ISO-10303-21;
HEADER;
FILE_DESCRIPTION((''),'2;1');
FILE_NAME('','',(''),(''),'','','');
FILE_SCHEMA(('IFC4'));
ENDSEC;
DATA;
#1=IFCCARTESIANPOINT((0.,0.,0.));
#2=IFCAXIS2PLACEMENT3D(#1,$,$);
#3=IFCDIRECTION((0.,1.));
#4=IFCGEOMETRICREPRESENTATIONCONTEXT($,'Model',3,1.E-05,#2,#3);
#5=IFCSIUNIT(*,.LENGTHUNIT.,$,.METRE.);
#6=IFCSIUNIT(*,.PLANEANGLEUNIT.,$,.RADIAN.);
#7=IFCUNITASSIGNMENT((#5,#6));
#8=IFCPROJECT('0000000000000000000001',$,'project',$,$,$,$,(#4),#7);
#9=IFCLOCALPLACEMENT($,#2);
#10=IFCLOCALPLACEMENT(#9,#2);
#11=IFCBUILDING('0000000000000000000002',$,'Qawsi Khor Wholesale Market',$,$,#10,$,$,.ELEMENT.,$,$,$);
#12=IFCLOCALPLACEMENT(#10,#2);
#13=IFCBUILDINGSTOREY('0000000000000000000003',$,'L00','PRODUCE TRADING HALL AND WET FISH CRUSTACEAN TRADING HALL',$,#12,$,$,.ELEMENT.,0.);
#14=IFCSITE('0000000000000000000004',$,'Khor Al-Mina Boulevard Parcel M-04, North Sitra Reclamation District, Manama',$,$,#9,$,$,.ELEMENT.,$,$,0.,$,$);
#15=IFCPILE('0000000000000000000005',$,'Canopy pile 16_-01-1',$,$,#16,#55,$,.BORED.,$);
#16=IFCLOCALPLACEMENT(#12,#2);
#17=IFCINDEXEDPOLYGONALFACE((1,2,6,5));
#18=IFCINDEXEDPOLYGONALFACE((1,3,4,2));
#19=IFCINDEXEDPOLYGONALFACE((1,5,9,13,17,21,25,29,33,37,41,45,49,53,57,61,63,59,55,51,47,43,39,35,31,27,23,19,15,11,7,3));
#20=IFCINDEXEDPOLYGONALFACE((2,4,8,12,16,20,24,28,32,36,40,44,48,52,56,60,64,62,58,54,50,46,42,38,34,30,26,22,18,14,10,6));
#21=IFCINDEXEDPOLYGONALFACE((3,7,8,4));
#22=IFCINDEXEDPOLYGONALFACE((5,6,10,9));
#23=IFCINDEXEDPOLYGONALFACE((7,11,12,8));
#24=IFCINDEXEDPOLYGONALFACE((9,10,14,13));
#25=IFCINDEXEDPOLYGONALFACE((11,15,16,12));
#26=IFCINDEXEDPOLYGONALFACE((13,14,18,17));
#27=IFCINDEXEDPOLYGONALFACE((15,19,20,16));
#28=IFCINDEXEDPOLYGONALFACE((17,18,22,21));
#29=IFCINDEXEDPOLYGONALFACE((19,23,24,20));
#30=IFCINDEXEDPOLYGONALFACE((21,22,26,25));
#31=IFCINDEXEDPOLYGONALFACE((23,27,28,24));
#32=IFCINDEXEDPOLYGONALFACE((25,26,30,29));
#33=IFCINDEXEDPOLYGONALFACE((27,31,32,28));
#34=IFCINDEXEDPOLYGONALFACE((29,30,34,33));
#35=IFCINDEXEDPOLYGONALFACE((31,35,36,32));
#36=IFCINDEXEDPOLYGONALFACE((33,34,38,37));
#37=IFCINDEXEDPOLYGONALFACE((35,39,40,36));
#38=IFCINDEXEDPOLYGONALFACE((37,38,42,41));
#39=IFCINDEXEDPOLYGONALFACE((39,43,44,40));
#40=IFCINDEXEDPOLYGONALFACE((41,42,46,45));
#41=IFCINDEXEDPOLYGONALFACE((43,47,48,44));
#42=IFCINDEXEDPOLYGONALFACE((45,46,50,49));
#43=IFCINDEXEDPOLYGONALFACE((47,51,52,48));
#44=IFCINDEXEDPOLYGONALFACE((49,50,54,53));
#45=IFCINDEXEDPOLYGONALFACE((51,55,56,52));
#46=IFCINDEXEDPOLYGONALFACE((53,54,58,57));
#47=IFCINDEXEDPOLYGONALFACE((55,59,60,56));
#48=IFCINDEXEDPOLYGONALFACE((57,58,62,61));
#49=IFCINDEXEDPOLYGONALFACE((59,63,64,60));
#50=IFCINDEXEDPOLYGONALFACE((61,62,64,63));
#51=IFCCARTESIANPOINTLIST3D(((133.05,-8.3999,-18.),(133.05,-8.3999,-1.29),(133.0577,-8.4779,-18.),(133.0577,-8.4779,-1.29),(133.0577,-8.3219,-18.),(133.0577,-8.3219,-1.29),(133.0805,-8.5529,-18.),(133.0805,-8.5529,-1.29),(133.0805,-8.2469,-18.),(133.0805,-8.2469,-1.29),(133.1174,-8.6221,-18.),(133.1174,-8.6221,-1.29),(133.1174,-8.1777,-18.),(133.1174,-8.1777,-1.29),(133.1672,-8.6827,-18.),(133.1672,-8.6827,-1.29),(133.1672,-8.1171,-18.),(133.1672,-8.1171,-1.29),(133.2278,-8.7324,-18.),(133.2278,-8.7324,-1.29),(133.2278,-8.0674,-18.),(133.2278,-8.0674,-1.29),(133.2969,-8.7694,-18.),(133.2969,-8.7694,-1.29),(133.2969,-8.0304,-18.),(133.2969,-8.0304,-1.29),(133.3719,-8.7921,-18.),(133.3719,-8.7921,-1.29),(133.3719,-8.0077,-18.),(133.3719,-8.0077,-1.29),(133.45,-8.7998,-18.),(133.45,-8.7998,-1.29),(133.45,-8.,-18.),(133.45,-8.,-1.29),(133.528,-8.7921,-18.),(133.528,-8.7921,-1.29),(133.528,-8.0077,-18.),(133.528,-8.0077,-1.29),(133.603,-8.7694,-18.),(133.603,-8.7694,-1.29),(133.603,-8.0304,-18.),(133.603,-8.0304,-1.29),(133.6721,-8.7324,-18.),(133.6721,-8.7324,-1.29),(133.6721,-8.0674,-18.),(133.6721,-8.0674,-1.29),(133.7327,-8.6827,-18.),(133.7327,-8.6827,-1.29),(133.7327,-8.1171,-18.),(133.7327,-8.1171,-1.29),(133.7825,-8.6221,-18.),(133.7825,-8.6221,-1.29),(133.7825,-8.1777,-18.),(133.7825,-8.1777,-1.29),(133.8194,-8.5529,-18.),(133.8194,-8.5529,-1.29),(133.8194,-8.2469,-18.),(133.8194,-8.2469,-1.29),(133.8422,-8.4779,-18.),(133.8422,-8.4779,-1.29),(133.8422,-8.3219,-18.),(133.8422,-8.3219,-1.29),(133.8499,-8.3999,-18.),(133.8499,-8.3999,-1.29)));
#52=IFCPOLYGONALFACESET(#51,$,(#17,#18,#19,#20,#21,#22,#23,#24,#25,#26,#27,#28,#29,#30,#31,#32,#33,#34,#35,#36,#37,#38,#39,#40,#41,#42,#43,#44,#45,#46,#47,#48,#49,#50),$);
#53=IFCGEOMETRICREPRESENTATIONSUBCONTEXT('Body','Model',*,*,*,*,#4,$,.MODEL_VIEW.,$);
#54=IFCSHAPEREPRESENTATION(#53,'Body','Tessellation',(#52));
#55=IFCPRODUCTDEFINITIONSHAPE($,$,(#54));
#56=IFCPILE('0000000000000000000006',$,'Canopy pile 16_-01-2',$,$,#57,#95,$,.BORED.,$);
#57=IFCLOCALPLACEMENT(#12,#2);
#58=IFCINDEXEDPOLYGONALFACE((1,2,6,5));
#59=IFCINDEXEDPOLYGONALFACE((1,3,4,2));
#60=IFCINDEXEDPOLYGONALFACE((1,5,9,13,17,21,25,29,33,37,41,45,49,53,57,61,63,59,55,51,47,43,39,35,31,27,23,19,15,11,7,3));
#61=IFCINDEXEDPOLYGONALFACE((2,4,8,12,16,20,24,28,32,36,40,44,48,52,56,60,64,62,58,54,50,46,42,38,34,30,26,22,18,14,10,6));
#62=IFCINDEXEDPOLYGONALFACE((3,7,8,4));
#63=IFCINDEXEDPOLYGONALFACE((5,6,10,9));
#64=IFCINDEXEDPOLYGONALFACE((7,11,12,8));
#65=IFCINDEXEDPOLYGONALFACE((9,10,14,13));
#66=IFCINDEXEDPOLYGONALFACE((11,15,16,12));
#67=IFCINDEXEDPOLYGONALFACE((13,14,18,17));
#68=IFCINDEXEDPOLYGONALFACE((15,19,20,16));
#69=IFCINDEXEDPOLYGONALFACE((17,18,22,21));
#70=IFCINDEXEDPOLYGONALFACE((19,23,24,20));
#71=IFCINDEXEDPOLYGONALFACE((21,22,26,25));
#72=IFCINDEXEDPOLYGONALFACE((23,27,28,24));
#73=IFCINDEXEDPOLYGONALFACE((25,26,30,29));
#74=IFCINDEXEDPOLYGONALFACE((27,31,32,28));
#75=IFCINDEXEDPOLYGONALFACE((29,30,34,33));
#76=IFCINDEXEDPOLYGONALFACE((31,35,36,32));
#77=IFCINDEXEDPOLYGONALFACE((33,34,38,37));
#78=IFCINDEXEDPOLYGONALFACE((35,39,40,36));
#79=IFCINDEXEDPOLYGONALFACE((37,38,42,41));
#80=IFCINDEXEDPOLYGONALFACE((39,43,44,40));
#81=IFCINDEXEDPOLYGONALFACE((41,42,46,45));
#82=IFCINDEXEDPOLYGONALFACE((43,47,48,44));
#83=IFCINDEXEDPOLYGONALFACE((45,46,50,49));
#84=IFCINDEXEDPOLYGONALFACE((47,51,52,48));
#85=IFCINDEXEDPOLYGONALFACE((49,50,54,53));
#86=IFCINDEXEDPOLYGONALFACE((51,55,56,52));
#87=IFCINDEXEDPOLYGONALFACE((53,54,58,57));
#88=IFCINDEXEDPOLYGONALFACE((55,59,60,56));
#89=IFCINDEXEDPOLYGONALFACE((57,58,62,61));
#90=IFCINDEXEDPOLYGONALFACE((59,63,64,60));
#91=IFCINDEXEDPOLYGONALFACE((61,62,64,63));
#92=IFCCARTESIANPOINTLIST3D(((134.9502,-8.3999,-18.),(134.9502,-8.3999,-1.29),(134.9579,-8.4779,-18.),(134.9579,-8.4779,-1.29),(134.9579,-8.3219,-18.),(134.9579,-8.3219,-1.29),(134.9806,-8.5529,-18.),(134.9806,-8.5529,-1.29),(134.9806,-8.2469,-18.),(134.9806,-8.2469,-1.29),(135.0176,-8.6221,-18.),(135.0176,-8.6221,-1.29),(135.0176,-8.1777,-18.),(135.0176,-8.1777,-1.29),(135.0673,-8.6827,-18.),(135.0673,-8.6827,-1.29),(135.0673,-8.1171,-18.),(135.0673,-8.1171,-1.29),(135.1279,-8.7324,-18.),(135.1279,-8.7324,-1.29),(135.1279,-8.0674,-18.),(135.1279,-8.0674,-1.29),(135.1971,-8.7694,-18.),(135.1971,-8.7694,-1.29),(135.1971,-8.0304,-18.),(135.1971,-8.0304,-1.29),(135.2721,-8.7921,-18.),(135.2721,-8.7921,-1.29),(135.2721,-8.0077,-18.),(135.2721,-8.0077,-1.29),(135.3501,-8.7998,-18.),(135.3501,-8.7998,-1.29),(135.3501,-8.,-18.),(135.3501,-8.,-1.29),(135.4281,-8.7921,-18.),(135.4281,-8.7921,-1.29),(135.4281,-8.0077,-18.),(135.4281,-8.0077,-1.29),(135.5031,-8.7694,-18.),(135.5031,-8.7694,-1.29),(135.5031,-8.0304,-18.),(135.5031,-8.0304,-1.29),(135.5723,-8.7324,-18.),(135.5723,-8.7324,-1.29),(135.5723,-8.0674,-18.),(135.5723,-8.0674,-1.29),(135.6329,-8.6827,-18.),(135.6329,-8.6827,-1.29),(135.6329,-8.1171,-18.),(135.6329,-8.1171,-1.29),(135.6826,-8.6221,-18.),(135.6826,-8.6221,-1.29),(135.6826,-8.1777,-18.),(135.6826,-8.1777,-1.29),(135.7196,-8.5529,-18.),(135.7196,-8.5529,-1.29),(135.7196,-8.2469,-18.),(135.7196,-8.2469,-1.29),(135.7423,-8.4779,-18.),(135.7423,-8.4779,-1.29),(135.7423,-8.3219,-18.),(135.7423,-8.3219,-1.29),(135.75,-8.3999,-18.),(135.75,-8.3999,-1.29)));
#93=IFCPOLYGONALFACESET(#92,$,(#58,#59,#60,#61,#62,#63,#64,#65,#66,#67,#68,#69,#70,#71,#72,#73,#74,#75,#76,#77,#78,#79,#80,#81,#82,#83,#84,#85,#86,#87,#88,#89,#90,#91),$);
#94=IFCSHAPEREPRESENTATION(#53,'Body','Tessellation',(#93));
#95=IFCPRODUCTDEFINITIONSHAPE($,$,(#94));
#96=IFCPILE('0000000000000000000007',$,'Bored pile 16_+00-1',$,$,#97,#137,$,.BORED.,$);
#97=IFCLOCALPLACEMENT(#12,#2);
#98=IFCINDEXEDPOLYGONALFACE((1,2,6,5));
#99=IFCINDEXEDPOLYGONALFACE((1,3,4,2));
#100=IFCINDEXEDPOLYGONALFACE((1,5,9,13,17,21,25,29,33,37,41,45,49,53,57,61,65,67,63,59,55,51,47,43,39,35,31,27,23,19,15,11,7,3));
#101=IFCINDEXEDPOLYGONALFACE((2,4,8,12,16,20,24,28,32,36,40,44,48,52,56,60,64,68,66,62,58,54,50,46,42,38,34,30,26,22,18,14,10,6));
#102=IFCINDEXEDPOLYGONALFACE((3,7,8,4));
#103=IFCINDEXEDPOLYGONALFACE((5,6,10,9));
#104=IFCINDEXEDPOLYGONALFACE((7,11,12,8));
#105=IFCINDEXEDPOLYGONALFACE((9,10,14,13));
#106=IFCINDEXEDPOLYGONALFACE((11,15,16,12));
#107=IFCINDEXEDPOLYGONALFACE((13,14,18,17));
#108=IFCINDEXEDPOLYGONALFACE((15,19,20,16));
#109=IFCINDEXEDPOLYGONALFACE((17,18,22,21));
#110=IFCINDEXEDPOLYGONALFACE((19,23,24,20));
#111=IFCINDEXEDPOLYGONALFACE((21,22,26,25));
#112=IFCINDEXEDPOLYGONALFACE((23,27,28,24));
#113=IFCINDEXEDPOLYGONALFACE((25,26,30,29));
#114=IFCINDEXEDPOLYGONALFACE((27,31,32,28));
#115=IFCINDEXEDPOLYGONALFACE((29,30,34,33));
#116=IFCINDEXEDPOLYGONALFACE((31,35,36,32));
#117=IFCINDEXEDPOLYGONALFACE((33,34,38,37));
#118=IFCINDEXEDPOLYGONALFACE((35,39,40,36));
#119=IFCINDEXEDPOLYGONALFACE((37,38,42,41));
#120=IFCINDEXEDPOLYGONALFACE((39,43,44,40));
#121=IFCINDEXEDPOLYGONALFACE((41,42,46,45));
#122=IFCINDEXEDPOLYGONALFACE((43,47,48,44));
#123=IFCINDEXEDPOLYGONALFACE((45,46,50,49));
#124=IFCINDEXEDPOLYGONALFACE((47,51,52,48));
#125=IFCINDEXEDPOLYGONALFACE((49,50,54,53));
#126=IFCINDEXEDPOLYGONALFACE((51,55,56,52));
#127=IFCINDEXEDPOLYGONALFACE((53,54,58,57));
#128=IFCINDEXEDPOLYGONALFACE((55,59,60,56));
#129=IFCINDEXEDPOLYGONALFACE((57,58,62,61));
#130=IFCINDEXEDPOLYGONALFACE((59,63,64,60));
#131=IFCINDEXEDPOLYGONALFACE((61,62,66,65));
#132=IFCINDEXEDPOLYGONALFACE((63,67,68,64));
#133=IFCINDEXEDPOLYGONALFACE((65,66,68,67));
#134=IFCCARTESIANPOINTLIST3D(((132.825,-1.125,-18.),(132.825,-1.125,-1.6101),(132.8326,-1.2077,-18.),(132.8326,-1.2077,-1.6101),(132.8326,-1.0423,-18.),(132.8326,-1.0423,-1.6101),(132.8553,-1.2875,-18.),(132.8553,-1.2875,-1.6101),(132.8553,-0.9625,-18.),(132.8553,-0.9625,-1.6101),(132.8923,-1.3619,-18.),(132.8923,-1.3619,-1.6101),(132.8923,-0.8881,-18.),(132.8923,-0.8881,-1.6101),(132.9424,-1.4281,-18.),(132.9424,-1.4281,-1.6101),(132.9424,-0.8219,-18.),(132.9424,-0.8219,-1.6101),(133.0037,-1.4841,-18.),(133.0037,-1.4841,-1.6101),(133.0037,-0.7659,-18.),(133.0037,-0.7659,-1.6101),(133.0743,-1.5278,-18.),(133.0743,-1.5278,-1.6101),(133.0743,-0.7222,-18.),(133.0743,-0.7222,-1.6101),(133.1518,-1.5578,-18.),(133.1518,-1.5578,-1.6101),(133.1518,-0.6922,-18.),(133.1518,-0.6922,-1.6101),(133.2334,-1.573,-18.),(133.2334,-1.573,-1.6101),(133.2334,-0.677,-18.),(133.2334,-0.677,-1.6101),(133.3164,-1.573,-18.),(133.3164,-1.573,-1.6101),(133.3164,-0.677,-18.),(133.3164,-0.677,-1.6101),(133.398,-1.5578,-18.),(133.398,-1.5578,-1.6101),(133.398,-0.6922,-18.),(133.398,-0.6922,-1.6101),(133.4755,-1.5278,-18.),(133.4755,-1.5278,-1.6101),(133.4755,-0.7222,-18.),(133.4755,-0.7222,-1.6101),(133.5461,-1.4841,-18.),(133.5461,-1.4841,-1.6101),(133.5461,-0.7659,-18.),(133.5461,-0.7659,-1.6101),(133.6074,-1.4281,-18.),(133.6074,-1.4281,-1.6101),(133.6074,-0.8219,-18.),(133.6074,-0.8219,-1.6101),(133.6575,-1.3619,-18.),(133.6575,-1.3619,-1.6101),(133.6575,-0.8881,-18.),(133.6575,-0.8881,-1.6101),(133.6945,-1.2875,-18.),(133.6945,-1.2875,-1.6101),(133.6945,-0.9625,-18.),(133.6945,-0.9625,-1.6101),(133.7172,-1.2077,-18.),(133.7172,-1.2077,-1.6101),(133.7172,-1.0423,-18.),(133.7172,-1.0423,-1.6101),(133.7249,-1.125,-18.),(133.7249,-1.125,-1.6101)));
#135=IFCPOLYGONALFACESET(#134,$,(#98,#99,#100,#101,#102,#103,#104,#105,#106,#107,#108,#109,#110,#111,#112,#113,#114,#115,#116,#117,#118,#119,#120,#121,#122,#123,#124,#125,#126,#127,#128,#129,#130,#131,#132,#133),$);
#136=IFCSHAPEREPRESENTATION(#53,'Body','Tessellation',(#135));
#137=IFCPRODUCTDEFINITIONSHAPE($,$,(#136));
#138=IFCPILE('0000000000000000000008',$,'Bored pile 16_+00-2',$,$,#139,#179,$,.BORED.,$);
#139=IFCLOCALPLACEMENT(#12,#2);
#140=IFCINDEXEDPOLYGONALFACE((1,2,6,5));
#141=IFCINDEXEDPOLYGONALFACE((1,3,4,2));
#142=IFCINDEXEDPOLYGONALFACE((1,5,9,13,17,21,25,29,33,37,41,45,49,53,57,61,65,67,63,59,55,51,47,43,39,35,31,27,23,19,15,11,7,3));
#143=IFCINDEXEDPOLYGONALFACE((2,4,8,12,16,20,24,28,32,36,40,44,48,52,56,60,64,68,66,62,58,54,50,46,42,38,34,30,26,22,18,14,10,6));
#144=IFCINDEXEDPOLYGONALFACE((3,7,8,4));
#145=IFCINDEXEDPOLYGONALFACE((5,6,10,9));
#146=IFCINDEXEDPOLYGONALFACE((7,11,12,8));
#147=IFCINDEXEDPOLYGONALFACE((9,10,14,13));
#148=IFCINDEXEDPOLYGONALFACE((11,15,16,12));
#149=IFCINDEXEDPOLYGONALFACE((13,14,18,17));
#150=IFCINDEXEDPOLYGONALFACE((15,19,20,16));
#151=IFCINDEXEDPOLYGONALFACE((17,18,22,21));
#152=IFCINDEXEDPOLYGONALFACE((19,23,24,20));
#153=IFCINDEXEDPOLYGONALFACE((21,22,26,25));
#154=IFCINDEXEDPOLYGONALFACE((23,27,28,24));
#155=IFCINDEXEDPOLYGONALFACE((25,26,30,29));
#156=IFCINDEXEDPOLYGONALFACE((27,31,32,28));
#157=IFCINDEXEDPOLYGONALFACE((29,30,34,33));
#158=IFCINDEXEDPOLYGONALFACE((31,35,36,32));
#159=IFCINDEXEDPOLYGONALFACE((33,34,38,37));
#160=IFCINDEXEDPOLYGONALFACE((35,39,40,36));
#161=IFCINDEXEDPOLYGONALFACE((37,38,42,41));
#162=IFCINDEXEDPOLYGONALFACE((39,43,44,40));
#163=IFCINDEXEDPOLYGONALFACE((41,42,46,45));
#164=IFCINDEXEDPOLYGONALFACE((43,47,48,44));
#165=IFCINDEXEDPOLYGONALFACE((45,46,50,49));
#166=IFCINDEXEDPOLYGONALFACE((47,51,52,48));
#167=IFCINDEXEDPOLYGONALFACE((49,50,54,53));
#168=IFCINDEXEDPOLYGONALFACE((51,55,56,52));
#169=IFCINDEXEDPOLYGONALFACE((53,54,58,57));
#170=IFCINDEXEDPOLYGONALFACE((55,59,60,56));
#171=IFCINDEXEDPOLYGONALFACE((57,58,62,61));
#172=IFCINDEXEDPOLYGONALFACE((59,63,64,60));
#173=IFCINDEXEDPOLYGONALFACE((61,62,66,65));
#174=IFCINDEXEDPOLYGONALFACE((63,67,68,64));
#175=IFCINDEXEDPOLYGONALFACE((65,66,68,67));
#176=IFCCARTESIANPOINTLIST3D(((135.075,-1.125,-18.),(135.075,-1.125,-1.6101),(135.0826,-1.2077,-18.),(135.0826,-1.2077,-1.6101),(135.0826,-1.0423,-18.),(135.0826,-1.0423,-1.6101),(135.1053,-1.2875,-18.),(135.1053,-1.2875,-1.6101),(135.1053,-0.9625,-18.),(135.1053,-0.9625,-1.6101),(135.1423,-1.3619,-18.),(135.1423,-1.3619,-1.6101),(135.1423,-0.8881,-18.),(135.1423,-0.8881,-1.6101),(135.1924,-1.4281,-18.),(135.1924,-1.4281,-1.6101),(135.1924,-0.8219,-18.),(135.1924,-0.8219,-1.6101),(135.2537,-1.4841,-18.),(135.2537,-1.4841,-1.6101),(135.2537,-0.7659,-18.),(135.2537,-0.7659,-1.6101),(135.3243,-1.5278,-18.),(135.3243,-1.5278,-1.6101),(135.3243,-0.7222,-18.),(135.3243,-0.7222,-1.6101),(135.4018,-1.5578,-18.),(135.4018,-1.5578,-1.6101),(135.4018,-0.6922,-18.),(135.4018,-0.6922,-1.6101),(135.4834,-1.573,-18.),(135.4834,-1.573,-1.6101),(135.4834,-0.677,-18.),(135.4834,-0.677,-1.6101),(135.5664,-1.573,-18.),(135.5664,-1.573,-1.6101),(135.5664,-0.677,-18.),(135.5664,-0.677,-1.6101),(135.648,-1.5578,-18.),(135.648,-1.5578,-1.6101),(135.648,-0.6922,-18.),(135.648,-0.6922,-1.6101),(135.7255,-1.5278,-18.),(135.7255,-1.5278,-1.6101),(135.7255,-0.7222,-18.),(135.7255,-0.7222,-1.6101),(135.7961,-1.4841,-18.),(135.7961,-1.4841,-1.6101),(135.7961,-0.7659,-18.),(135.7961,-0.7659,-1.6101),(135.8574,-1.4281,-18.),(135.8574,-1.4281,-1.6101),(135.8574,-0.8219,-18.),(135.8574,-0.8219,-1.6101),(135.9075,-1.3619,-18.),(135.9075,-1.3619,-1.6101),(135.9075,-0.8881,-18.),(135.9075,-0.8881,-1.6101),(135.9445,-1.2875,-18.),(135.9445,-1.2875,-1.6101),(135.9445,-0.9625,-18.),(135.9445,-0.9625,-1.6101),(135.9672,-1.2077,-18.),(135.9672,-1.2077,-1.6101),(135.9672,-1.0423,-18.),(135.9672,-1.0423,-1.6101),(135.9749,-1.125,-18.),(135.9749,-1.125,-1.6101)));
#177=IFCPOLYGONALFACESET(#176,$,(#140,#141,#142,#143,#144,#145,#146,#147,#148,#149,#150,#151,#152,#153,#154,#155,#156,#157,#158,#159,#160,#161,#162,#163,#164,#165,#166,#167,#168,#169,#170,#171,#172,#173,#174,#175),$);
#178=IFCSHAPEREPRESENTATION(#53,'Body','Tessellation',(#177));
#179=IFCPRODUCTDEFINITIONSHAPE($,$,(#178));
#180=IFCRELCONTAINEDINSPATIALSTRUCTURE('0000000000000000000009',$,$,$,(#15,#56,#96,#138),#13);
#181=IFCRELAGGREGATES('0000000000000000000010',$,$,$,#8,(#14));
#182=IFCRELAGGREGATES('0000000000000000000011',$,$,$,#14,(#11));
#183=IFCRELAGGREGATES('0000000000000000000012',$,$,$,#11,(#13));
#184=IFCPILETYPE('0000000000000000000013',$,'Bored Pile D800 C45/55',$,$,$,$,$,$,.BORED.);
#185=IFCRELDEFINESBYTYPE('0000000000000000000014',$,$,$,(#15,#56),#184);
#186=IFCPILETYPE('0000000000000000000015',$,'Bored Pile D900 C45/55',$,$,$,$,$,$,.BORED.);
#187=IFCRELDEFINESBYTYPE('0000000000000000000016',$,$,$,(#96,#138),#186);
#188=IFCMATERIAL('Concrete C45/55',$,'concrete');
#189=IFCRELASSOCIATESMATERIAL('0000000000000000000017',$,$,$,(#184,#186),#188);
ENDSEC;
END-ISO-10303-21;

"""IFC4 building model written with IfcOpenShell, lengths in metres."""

from ifc_helpers import new_model, si_unit, direction, frame, origin, origin_2d, place, context, subcontext, project, spatial, circle, extrude, material, material_profile, profile_set, type_object, element, save


model = new_model("IFC4")

# Units and contexts
model_context = context("Model", 3, precision=1e-05, world=origin(), true_north=direction((0.0, 1.0)))
body_context = subcontext(model_context, "Body", "Model", "MODEL_VIEW")
ifc_project = project(units=[si_unit("LENGTHUNIT", "METRE"), si_unit("PLANEANGLEUNIT", "RADIAN")], contexts=[model_context])

# Site, building, storey
site_placement = place(None, origin())
site = spatial("IfcSite", under=ifc_project, at=site_placement, Name="Khor Al-Mina Boulevard Parcel M-04, North Sitra Reclamation District, Manama", CompositionType="ELEMENT", RefElevation=0.0)
building_placement = place(site_placement, origin())
building = spatial("IfcBuilding", under=site, at=building_placement, Name="Qawsi Khor Wholesale Market", CompositionType="ELEMENT")
storey_placement = place(building_placement, origin())
storey = spatial("IfcBuildingStorey", under=building, at=storey_placement, Name="L00", Description="PRODUCE TRADING HALL AND WET FISH CRUSTACEAN TRADING HALL", CompositionType="ELEMENT", Elevation=0.0)

# Piles
ifc_material_1 = material(Name="Concrete C45/55", Category="concrete")
ifc_material_profile_1 = material_profile(ifc_material_1, circle(Radius=0.3999, at=origin_2d()), Name="PILE D800")
ifc_profile_set_1 = profile_set([ifc_material_profile_1], Name="Concrete C45/55")
pile_type_1 = type_object("IfcPileType", Name="Bored Pile D800 C45/55", PredefinedType="BORED", material=ifc_profile_set_1)
for number, where, z_axis, x_axis, name in (
    (1, (133.45, -8.3999, -1.29), (0.0, 0.0, -1.0), (1.0, 0.0, 0.0), "Canopy pile 16_-01-1"),
    (2, (135.3501, -8.3999, -1.29), (0.0, 0.0, -1.0), (1.0, 0.0, 0.0), "Canopy pile 16_-01-2"),
):
    element("IfcPile", number, at=place(storey_placement, frame(where, z_axis=z_axis, x_axis=x_axis)), inside=storey, type_object=pile_type_1, Name=name, PredefinedType="BORED", context=body_context, shape_type="SweptSolid", body=[
        extrude(circle(Radius=0.3999, at=origin_2d()), origin(), (0.0, 0.0, 1.0), 16.71),
    ])
ifc_material_profile_2 = material_profile(ifc_material_1, circle(Radius=0.45, at=origin_2d()), Name="PILE D900")
ifc_profile_set_2 = profile_set([ifc_material_profile_2], Name="Concrete C45/55")
pile_type_2 = type_object("IfcPileType", Name="Bored Pile D900 C45/55", PredefinedType="BORED", material=ifc_profile_set_2)
for number, where, z_axis, x_axis, name in (
    (3, (133.2749, -1.125, -1.6101), (0.0, 0.0, -1.0), (1.0, 0.0, 0.0), "Bored pile 16_+00-1"),
    (4, (135.5249, -1.125, -1.6101), (0.0, 0.0, -1.0), (1.0, 0.0, 0.0), "Bored pile 16_+00-2"),
):
    element("IfcPile", number, at=place(storey_placement, frame(where, z_axis=z_axis, x_axis=x_axis)), inside=storey, type_object=pile_type_2, Name=name, PredefinedType="BORED", context=body_context, shape_type="SweptSolid", body=[
        extrude(circle(Radius=0.45, at=origin_2d()), origin(), (0.0, 0.0, 1.0), 16.3899),
    ])

save(model, "model.ifc")
